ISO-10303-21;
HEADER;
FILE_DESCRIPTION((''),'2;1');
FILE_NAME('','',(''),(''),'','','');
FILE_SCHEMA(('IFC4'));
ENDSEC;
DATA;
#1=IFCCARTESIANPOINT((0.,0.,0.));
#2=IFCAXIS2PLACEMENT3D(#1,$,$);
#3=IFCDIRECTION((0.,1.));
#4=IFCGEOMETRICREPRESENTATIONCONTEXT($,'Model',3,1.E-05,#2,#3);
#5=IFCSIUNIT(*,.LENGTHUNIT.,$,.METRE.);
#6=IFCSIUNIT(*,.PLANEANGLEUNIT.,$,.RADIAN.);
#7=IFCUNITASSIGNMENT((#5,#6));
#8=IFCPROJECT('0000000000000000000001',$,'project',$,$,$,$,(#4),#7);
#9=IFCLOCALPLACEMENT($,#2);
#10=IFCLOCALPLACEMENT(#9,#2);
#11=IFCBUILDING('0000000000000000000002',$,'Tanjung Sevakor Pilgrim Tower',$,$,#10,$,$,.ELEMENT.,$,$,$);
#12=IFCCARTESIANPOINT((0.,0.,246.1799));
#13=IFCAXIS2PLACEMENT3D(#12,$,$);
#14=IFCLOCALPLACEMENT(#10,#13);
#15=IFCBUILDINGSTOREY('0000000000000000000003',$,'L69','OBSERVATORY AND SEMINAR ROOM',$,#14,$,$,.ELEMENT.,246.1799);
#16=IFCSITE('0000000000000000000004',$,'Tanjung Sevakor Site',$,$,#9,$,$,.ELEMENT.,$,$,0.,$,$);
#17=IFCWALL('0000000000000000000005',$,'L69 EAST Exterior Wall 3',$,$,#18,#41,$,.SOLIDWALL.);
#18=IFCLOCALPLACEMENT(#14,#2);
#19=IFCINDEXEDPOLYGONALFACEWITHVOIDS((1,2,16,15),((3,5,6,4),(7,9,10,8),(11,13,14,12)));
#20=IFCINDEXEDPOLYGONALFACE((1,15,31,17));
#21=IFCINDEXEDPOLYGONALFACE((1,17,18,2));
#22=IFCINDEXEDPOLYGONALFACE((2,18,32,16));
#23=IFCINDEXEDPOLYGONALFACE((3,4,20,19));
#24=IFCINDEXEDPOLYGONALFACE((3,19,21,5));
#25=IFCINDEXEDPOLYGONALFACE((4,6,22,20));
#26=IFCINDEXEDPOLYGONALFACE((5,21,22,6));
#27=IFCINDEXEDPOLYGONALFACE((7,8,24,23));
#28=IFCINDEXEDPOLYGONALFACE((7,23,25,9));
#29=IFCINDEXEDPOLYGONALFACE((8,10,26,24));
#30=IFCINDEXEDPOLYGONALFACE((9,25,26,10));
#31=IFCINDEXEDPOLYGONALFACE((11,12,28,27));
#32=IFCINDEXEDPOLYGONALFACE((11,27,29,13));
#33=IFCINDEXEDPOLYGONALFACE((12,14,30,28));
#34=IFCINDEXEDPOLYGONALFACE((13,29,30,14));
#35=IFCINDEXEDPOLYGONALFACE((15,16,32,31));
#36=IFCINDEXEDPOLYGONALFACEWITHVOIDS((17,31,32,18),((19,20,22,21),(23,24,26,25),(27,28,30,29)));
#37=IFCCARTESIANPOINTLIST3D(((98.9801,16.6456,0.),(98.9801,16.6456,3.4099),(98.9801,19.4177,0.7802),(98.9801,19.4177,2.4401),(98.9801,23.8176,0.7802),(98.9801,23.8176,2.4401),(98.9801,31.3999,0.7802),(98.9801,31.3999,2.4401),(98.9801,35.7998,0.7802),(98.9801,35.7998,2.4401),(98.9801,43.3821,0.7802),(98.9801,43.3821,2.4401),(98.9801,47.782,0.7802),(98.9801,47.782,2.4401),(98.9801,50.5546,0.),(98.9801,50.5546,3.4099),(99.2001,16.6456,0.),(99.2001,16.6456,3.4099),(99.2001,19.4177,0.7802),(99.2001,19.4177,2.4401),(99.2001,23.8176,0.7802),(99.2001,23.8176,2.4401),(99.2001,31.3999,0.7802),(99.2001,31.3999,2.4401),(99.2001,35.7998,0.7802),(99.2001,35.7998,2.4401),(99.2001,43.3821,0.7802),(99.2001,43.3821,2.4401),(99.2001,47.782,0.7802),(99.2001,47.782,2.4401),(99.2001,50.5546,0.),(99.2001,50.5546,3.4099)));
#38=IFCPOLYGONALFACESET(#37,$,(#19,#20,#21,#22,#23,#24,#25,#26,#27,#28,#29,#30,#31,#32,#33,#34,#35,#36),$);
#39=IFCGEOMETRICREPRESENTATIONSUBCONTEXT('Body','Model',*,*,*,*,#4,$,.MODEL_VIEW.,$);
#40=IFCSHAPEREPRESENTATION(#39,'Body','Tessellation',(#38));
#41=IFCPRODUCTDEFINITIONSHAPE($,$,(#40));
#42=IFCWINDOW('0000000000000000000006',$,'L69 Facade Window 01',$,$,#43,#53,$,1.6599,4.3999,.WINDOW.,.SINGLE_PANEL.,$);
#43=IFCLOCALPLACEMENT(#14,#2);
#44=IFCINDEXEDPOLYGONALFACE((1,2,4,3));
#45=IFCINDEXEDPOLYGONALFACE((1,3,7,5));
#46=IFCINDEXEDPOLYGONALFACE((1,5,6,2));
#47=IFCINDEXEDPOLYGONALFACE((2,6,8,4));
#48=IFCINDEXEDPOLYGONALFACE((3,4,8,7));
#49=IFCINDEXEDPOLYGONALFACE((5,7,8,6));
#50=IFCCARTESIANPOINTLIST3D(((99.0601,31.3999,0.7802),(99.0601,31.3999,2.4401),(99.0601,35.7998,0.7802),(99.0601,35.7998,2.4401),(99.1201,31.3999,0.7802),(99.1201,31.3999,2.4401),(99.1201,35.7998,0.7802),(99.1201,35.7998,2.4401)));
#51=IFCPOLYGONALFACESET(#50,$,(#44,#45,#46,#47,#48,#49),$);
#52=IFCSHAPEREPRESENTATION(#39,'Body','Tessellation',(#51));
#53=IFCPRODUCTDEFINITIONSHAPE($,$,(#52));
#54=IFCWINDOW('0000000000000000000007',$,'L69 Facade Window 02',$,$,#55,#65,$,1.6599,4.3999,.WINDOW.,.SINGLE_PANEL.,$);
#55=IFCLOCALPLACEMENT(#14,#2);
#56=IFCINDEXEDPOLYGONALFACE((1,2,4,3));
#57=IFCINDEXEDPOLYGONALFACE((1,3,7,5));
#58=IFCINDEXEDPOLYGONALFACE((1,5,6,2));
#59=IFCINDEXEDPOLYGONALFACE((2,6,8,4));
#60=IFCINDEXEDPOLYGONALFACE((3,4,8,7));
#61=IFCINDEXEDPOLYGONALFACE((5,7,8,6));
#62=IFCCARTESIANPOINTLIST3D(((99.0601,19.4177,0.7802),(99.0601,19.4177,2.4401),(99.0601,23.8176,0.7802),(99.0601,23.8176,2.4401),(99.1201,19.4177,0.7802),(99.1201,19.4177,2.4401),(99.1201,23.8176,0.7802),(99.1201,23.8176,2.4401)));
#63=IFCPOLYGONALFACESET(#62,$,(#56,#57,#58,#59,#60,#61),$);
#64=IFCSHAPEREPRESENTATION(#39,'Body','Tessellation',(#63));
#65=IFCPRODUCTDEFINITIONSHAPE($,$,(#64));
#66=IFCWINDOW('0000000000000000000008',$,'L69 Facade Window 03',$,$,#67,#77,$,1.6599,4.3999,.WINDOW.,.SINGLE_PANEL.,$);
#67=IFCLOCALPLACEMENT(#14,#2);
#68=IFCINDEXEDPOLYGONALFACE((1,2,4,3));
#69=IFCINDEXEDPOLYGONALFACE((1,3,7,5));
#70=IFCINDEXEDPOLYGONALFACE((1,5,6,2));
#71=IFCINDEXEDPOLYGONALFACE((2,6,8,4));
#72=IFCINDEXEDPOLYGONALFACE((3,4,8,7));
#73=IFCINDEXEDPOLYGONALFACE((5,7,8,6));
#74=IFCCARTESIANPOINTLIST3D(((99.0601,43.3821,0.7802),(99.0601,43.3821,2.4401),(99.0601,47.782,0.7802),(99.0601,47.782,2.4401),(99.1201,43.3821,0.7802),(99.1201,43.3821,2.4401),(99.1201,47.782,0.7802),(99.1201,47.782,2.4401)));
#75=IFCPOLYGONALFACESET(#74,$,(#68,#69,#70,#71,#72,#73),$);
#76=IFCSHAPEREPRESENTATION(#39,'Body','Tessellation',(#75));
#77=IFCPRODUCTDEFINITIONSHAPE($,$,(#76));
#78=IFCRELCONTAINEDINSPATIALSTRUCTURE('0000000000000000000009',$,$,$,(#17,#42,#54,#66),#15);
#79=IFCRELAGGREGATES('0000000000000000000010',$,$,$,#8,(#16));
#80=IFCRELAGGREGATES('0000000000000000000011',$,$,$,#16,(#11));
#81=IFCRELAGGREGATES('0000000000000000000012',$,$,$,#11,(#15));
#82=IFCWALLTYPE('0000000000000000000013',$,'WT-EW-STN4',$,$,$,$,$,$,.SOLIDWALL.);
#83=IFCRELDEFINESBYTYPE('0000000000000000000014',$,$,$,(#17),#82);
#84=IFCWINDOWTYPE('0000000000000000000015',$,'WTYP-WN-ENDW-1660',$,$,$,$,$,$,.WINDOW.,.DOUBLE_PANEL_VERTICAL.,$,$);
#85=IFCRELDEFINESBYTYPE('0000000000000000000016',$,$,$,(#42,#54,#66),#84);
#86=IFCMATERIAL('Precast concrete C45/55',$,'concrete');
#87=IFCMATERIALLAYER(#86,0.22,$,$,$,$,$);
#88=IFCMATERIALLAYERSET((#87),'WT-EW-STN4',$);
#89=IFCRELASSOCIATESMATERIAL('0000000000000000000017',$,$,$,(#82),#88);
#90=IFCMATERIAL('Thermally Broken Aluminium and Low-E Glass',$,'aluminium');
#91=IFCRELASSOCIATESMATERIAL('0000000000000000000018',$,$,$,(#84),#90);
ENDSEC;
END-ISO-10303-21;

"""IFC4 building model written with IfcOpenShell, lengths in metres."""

from ifc_helpers import new_model, si_unit, direction, frame, frame_2d, origin, place, context, subcontext, project, spatial, rectangle, extrude, material, layer, layer_set, type_object, element, fill, save


model = new_model("IFC4")

# Units and contexts
model_context = context("Model", 3, precision=1e-05, world=origin(), true_north=direction((0.0, 1.0)))
body_context = subcontext(model_context, "Body", "Model", "MODEL_VIEW")
ifc_project = project(units=[si_unit("LENGTHUNIT", "METRE"), si_unit("PLANEANGLEUNIT", "RADIAN")], contexts=[model_context])

# Site, building, storey
site_placement = place(None, origin())
site = spatial("IfcSite", under=ifc_project, at=site_placement, Name="Tanjung Sevakor Site", CompositionType="ELEMENT", RefElevation=0.0)
building_placement = place(site_placement, origin())
building = spatial("IfcBuilding", under=site, at=building_placement, Name="Tanjung Sevakor Pilgrim Tower", CompositionType="ELEMENT")
storey_placement = place(building_placement, frame((0.0, 0.0, 246.1799)))
storey = spatial("IfcBuildingStorey", under=building, at=storey_placement, Name="L69", Description="OBSERVATORY AND SEMINAR ROOM", CompositionType="ELEMENT", Elevation=246.1799)

# Wall, openings, windows
ifc_material_1 = material(Name="Precast concrete C45/55", Category="concrete")
ifc_layer_1 = layer(ifc_material_1, 0.22)
ifc_layer_set_1 = layer_set([ifc_layer_1], Name="WT-EW-STN4")
wall_type_1 = type_object("IfcWallType", Name="WT-EW-STN4", PredefinedType="SOLIDWALL", material=ifc_layer_set_1)
wall_1_placement = place(storey_placement, frame((99.0901, 16.6455, 0.0), z_axis=(0.0, 0.0, 1.0), x_axis=(0.0, 1.0, 0.0)))
wall_1 = element("IfcWall", 1, at=wall_1_placement, inside=storey, type_object=wall_type_1, Name="L69 EAST Exterior Wall 3", PredefinedType="SOLIDWALL", context=body_context, shape_type="SweptSolid", body=[
    extrude(rectangle(XDim=33.9089, YDim=0.22, at=frame_2d((16.9546, 0.0))), origin(), (0.0, 0.0, 1.0), 3.4099),
])
opening_1_placement = place(wall_1_placement, frame((14.7544, 0.0, 0.78)))
opening_1 = element("IfcOpeningElement", 2, at=opening_1_placement, cuts=wall_1, PredefinedType="OPENING", context=body_context, shape_type="SweptSolid", body=[
    extrude(rectangle(XDim=4.3999, YDim=1.6599, at=frame_2d((2.2, 0.8301))), frame((0.0, 0.1199, 0.0), z_axis=(0.0, -1.0, 0.0), x_axis=(1.0, 0.0, 0.0)), (0.0, 0.0, 1.0), 0.24),
])
opening_2_placement = place(wall_1_placement, frame((2.7722, 0.0, 0.78)))
opening_2 = element("IfcOpeningElement", 3, at=opening_2_placement, cuts=wall_1, PredefinedType="OPENING", context=body_context, shape_type="SweptSolid", body=[
    extrude(rectangle(XDim=4.3999, YDim=1.6599, at=frame_2d((2.2, 0.8301))), frame((0.0, 0.1199, 0.0), z_axis=(0.0, -1.0, 0.0), x_axis=(1.0, 0.0, 0.0)), (0.0, 0.0, 1.0), 0.24),
])
opening_3_placement = place(wall_1_placement, frame((26.7366, 0.0, 0.78)))
opening_3 = element("IfcOpeningElement", 4, at=opening_3_placement, cuts=wall_1, PredefinedType="OPENING", context=body_context, shape_type="SweptSolid", body=[
    extrude(rectangle(XDim=4.3999, YDim=1.6599, at=frame_2d((2.2, 0.8301))), frame((0.0, 0.1199, 0.0), z_axis=(0.0, -1.0, 0.0), x_axis=(1.0, 0.0, 0.0)), (0.0, 0.0, 1.0), 0.24),
])
ifc_material_2 = material(Name="Thermally Broken Aluminium and Low-E Glass", Category="aluminium")
window_type = type_object("IfcWindowType", Name="WTYP-WN-ENDW-1660", PartitioningType="DOUBLE_PANEL_VERTICAL", PredefinedType="WINDOW", material=ifc_material_2)
window_1_placement = place(opening_1_placement, origin())
window_1 = element("IfcWindow", 5, at=window_1_placement, inside=storey, type_object=window_type, Name="L69 Facade Window 01", OverallHeight=1.6599, OverallWidth=4.3999, PartitioningType="SINGLE_PANEL", PredefinedType="WINDOW", context=body_context, shape_type="SweptSolid", body=[
    extrude(rectangle(XDim=4.3999, YDim=1.6599, at=frame_2d((2.2, 0.8301))), frame((0.0, 0.03, 0.0), z_axis=(0.0, -1.0, 0.0), x_axis=(1.0, 0.0, 0.0)), (0.0, 0.0, 1.0), 0.0601),
])
fill(opening_1, window_1)
window_2_placement = place(opening_2_placement, origin())
window_2 = element("IfcWindow", 6, at=window_2_placement, inside=storey, type_object=window_type, Name="L69 Facade Window 02", OverallHeight=1.6599, OverallWidth=4.3999, PartitioningType="SINGLE_PANEL", PredefinedType="WINDOW", context=body_context, shape_type="SweptSolid", body=[
    extrude(rectangle(XDim=4.3999, YDim=1.6599, at=frame_2d((2.2, 0.8301))), frame((0.0, 0.03, 0.0), z_axis=(0.0, -1.0, 0.0), x_axis=(1.0, 0.0, 0.0)), (0.0, 0.0, 1.0), 0.0601),
])
fill(opening_2, window_2)
window_3_placement = place(opening_3_placement, origin())
window_3 = element("IfcWindow", 7, at=window_3_placement, inside=storey, type_object=window_type, Name="L69 Facade Window 03", OverallHeight=1.6599, OverallWidth=4.3999, PartitioningType="SINGLE_PANEL", PredefinedType="WINDOW", context=body_context, shape_type="SweptSolid", body=[
    extrude(rectangle(XDim=4.3999, YDim=1.6599, at=frame_2d((2.2, 0.8301))), frame((0.0, 0.03, 0.0), z_axis=(0.0, -1.0, 0.0), x_axis=(1.0, 0.0, 0.0)), (0.0, 0.0, 1.0), 0.0601),
])
fill(opening_3, window_3)

save(model, "model.ifc")
